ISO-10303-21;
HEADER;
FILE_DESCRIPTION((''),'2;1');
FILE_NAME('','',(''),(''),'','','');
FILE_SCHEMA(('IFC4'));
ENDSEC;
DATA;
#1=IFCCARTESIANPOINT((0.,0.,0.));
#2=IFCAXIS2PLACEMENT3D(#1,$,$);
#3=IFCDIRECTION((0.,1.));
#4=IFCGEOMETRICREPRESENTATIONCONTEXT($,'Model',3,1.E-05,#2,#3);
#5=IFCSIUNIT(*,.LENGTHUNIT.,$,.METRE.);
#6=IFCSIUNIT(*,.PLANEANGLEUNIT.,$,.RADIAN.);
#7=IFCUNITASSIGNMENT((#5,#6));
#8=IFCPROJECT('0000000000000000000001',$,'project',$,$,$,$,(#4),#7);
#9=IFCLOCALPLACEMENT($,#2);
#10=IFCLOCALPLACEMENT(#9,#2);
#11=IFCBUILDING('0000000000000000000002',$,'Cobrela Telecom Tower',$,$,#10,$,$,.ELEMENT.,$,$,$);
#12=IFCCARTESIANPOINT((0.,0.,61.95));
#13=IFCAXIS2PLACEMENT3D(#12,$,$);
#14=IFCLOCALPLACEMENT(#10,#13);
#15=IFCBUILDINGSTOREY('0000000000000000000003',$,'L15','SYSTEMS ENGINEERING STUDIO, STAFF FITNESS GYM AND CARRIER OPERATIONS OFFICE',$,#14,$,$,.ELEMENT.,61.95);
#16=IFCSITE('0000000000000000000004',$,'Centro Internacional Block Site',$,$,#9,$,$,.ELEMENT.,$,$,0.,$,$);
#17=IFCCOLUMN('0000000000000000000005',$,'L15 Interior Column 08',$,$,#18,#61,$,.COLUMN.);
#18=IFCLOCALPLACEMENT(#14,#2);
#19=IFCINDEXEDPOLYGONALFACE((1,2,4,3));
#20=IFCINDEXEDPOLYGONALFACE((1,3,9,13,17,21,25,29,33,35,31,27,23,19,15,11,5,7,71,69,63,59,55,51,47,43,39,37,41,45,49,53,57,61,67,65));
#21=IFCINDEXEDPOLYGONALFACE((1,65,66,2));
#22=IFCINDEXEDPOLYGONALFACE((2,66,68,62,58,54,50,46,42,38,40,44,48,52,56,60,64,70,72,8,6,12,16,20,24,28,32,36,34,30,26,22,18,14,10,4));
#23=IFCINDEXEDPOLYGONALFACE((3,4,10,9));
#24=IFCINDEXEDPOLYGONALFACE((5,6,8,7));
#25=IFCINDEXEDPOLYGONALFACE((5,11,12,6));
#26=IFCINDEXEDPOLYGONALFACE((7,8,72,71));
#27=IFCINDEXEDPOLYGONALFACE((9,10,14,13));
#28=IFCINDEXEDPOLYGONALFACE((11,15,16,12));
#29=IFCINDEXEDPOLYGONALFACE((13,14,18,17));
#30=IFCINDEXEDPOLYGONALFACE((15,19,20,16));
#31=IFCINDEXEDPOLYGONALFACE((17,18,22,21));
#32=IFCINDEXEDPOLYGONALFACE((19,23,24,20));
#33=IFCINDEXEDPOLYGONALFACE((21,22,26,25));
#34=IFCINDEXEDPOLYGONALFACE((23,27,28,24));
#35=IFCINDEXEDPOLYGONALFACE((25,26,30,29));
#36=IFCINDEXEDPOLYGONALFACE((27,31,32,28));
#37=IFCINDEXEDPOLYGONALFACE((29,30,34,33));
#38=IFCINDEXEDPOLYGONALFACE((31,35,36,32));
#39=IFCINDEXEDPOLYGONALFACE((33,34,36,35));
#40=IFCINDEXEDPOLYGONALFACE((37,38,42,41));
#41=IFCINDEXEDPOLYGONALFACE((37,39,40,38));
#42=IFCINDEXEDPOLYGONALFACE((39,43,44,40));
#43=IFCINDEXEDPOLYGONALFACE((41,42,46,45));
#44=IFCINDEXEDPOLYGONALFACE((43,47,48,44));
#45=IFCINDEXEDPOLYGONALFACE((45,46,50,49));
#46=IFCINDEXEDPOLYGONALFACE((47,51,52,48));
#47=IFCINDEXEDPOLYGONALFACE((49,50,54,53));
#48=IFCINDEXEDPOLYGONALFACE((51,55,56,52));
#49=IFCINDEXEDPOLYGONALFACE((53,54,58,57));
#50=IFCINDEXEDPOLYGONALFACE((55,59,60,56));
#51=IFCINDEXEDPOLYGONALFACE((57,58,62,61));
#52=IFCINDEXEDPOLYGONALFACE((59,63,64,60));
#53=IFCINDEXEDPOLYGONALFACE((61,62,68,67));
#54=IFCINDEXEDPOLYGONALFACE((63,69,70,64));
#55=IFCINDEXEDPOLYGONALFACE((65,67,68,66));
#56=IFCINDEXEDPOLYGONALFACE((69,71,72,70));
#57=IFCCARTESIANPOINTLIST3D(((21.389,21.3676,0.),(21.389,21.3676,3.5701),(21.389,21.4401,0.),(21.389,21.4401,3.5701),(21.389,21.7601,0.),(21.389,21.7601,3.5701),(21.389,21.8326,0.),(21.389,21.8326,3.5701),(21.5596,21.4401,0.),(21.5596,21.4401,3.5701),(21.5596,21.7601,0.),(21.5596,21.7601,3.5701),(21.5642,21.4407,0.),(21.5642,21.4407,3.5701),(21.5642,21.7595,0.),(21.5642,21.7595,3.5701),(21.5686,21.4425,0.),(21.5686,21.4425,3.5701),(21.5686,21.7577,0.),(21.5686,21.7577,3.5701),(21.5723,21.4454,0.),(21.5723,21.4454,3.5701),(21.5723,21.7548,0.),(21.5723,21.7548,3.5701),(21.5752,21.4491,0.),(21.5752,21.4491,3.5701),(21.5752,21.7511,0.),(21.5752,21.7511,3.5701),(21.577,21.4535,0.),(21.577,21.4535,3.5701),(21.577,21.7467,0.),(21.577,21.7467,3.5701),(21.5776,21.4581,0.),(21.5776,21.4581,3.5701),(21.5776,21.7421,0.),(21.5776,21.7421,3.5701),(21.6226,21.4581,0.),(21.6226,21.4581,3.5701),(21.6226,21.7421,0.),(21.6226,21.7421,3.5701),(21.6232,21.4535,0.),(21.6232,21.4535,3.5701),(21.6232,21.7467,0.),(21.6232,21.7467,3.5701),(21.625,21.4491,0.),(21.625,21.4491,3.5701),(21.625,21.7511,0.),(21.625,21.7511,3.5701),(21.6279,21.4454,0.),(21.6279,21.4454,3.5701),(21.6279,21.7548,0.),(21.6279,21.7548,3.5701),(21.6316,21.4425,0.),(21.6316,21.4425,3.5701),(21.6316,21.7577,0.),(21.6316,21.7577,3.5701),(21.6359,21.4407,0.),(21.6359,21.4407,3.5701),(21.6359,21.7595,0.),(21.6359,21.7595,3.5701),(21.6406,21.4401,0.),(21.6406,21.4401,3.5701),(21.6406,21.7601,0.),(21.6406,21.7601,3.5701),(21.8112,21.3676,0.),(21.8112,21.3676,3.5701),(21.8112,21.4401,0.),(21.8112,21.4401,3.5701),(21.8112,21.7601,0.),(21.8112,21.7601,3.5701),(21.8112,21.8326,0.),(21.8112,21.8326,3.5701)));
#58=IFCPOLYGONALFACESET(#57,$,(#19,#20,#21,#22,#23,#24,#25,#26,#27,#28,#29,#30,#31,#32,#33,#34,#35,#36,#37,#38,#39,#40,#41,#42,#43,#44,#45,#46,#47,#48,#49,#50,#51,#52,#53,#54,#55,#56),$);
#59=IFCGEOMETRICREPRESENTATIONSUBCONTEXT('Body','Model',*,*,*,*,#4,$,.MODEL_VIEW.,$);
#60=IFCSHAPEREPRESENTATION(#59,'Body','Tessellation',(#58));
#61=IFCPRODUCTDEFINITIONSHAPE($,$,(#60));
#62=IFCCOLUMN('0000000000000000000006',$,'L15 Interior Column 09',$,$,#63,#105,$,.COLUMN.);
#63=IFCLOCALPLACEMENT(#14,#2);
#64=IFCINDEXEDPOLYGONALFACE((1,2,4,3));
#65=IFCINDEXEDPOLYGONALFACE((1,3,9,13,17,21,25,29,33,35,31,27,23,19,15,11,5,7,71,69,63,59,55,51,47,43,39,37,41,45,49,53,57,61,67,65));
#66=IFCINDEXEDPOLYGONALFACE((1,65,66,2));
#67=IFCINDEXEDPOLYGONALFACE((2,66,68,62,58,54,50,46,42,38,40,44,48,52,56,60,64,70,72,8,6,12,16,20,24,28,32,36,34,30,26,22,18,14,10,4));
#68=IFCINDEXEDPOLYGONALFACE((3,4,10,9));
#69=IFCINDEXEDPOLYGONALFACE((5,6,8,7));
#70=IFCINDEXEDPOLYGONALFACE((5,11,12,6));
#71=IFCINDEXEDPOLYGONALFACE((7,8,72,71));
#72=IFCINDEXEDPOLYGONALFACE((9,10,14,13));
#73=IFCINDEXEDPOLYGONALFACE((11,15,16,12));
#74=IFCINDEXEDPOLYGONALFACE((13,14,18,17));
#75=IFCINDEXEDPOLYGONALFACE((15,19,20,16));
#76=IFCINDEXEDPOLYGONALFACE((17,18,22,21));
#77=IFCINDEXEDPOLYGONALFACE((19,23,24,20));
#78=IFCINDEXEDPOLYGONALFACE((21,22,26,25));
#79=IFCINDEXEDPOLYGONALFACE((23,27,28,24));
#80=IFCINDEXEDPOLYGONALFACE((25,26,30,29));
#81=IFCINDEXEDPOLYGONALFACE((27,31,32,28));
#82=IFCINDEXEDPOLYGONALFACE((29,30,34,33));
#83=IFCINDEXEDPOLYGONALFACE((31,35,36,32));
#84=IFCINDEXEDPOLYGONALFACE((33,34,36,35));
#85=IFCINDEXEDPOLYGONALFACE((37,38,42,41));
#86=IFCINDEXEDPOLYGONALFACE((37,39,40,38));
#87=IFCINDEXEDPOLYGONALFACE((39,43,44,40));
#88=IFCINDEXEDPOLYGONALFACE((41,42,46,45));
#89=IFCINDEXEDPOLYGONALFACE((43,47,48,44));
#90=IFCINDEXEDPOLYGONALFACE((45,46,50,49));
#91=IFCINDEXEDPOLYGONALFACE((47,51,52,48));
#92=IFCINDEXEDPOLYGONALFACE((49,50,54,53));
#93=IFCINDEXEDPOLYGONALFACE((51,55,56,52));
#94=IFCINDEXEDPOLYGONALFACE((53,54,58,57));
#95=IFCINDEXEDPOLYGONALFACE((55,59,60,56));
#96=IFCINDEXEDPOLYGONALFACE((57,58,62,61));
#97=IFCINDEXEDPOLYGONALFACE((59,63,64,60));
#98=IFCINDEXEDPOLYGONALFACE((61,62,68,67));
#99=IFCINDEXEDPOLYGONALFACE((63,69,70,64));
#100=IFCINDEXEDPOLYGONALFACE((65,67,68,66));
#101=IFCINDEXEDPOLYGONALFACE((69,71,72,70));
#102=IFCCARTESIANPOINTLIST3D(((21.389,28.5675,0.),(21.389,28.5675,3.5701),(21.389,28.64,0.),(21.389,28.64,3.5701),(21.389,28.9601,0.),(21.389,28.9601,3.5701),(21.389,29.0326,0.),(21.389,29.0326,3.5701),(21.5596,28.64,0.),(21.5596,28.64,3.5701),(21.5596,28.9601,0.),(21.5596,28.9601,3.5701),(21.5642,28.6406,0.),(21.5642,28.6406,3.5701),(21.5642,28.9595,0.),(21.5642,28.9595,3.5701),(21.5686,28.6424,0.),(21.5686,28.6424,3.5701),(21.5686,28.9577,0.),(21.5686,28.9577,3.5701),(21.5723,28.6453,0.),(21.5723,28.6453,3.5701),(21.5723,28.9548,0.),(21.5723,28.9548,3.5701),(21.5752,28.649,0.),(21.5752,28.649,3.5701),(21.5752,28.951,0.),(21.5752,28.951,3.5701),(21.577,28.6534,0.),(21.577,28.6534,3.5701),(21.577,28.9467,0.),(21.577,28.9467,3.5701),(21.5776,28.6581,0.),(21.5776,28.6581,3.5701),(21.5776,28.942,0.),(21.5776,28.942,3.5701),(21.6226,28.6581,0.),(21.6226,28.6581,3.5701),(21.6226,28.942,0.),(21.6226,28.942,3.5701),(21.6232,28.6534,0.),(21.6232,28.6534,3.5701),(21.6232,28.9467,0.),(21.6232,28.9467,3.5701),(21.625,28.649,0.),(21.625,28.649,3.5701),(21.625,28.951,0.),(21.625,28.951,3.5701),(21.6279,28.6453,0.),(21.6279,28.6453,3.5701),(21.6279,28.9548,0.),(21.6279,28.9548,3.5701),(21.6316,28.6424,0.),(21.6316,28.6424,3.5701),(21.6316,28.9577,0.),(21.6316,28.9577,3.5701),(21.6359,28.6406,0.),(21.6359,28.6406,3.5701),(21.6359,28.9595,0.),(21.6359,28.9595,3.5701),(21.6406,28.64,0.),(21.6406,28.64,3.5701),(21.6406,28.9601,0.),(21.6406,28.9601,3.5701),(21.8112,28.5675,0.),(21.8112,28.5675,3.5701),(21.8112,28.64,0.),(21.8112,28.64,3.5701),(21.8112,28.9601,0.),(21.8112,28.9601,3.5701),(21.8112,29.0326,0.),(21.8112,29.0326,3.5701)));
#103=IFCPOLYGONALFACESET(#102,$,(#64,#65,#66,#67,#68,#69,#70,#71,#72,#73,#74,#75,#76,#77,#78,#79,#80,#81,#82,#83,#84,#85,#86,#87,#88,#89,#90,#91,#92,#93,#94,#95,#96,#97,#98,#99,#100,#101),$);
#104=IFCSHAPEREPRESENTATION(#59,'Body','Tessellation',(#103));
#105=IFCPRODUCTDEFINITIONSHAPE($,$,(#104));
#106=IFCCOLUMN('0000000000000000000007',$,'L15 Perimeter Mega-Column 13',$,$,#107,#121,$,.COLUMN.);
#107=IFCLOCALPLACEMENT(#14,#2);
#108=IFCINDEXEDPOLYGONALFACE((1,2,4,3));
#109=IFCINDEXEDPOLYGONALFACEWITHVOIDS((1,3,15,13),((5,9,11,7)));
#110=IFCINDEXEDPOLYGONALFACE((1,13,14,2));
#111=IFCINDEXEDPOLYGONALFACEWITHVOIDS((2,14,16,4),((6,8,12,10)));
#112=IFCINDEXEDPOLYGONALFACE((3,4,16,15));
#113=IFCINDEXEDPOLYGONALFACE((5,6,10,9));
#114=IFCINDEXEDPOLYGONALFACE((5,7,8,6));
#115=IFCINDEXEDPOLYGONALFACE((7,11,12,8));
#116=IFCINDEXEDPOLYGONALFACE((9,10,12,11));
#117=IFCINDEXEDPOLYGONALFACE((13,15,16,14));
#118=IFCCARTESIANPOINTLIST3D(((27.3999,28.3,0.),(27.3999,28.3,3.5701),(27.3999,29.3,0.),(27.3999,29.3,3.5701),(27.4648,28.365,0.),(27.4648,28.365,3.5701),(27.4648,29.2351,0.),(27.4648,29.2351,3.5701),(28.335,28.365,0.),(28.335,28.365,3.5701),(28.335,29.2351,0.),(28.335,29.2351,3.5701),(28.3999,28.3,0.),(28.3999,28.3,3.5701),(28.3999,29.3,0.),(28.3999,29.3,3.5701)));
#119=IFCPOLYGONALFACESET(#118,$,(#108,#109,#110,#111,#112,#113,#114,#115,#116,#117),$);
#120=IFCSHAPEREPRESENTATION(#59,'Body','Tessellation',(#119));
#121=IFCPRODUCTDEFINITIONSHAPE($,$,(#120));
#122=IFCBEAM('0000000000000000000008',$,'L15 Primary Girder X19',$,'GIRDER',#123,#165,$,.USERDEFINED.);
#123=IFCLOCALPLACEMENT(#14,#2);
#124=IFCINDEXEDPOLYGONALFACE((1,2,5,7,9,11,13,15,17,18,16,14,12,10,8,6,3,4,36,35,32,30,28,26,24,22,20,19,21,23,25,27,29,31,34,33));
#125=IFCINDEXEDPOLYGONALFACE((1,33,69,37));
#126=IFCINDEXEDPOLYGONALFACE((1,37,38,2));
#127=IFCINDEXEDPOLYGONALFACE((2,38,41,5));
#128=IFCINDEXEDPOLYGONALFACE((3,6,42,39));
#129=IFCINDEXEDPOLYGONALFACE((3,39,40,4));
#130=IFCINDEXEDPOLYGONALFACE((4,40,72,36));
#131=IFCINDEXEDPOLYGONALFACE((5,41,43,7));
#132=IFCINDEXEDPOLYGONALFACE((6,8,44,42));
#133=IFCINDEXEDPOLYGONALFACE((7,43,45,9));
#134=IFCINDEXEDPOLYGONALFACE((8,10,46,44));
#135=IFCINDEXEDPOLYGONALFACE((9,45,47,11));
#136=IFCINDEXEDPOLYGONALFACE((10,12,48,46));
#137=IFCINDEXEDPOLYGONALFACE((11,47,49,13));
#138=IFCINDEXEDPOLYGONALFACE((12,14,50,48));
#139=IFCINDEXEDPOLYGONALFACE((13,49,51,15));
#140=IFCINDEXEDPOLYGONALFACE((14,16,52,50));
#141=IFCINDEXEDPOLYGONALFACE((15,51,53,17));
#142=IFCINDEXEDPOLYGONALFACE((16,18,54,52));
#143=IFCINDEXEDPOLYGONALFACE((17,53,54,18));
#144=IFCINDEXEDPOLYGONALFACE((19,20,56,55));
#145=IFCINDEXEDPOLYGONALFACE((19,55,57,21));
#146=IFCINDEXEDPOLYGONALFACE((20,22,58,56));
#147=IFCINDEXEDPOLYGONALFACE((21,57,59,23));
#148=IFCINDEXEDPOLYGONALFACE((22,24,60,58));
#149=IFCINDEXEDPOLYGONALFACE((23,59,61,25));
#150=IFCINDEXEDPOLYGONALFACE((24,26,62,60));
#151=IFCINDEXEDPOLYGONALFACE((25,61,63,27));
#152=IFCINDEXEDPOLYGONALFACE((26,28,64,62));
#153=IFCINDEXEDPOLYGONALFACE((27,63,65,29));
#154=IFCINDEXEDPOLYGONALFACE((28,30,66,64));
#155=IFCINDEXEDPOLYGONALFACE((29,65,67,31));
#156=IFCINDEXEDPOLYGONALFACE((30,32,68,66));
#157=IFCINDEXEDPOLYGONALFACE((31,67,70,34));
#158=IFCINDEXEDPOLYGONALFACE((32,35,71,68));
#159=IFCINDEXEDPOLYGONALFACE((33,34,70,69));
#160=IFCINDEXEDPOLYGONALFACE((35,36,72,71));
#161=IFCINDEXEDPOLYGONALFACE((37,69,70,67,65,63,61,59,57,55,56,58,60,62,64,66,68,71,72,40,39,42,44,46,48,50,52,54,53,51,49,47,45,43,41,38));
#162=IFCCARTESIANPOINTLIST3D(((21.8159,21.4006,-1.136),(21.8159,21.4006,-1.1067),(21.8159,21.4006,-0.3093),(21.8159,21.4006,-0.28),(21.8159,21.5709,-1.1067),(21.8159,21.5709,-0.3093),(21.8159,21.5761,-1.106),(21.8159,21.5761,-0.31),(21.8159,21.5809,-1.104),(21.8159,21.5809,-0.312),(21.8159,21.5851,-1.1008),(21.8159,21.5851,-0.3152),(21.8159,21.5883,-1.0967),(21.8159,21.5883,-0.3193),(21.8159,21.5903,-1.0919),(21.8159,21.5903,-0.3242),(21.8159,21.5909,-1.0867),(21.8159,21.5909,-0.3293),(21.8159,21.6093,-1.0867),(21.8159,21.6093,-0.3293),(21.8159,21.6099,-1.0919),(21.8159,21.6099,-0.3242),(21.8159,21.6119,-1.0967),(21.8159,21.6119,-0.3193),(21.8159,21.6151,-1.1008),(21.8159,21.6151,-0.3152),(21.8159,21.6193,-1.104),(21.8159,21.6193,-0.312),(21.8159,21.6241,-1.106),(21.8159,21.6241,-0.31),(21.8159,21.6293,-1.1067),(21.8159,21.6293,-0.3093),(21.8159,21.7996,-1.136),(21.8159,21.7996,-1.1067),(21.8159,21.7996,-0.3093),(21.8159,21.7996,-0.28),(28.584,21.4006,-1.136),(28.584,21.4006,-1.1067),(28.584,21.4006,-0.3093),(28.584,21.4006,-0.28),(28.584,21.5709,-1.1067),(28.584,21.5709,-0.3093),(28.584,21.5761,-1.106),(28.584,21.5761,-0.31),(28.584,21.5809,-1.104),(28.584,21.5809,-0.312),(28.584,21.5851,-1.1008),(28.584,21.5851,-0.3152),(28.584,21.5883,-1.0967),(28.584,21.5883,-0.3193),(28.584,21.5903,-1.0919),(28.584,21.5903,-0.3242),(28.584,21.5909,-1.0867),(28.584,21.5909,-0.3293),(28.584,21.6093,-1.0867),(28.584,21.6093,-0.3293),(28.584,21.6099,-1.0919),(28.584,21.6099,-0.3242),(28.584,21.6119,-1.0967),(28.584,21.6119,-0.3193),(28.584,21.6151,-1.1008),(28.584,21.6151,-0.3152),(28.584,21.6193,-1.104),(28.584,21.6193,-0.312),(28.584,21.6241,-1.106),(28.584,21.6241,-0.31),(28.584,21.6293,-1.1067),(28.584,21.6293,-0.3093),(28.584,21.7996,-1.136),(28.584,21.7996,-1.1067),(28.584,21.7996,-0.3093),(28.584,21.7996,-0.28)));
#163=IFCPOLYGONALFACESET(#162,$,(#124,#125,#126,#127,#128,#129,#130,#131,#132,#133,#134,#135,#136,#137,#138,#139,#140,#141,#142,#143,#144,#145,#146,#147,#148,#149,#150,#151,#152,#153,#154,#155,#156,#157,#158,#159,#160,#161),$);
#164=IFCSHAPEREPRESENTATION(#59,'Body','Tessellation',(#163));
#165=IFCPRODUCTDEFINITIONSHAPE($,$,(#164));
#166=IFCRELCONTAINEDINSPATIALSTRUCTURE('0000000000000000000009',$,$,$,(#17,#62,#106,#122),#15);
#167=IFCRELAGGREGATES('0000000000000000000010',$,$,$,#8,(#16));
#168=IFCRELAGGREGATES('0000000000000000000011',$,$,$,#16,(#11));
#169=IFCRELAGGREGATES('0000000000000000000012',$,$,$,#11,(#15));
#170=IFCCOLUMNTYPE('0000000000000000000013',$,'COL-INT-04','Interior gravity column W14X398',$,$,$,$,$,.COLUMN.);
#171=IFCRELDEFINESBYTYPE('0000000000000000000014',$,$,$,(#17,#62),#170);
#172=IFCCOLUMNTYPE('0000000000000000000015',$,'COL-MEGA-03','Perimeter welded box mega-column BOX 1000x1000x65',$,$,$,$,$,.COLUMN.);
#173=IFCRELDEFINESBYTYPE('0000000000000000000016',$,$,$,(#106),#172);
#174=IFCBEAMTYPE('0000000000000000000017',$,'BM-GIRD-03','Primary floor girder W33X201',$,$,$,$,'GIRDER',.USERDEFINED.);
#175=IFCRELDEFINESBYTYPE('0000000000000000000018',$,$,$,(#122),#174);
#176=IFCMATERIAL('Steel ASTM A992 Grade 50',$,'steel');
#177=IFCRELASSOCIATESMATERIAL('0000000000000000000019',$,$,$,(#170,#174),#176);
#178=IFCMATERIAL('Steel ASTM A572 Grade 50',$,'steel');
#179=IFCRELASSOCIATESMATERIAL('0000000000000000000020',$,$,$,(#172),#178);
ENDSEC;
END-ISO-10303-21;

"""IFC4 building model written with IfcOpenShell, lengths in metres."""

from ifc_helpers import new_model, si_unit, direction, frame, origin, origin_2d, place, context, subcontext, project, spatial, hollow_rectangle, i_section, extrude, material, material_profile, profile_set, type_object, element, save


model = new_model("IFC4")

# Units and contexts
model_context = context("Model", 3, precision=1e-05, world=origin(), true_north=direction((0.0, 1.0)))
body_context = subcontext(model_context, "Body", "Model", "MODEL_VIEW")
ifc_project = project(units=[si_unit("LENGTHUNIT", "METRE"), si_unit("PLANEANGLEUNIT", "RADIAN")], contexts=[model_context])

# Site, building, storey
site_placement = place(None, origin())
site = spatial("IfcSite", under=ifc_project, at=site_placement, Name="Centro Internacional Block Site", CompositionType="ELEMENT", RefElevation=0.0)
building_placement = place(site_placement, origin())
building = spatial("IfcBuilding", under=site, at=building_placement, Name="Cobrela Telecom Tower", CompositionType="ELEMENT")
storey_placement = place(building_placement, frame((0.0, 0.0, 61.95)))
storey = spatial("IfcBuildingStorey", under=building, at=storey_placement, Name="L15", Description="SYSTEMS ENGINEERING STUDIO, STAFF FITNESS GYM AND CARRIER OPERATIONS OFFICE", CompositionType="ELEMENT", Elevation=61.95)

# Columns
ifc_material_1 = material(Name="Steel ASTM A992 Grade 50", Category="steel")
ifc_material_profile_1 = material_profile(ifc_material_1, i_section(OverallWidth=0.4221, OverallDepth=0.4651, WebThickness=0.0449, FlangeThickness=0.0725, FilletRadius=0.0181, at=origin_2d()), Name="W14X398")
ifc_profile_set_1 = profile_set([ifc_material_profile_1], Name="Steel ASTM A992 Grade 50")
column_type_1 = type_object("IfcColumnType", Name="COL-INT-04", Description="Interior gravity column W14X398", PredefinedType="COLUMN", material=ifc_profile_set_1)
for number, where, z_axis, x_axis, name in (
    (1, (21.6001, 21.6001, 0.0), (0.0, 0.0, 1.0), (1.0, 0.0, 0.0), "L15 Interior Column 08"),
    (2, (21.6001, 28.8, 0.0), (0.0, 0.0, 1.0), (1.0, 0.0, 0.0), "L15 Interior Column 09"),
):
    element("IfcColumn", number, at=place(storey_placement, frame(where, z_axis=z_axis, x_axis=x_axis)), inside=storey, type_object=column_type_1, Name=name, PredefinedType="COLUMN", context=body_context, shape_type="SweptSolid", body=[
        extrude(i_section(OverallWidth=0.4221, OverallDepth=0.4651, WebThickness=0.0449, FlangeThickness=0.0725, FilletRadius=0.0181, at=origin_2d()), origin(), (0.0, 0.0, 1.0), 3.5701),
    ])
ifc_material_2 = material(Name="Steel ASTM A572 Grade 50", Category="steel")
ifc_material_profile_2 = material_profile(ifc_material_2, hollow_rectangle(XDim=1.0, YDim=1.0, WallThickness=0.0649, at=origin_2d()), Name="BOX 1000x1000x65")
ifc_profile_set_2 = profile_set([ifc_material_profile_2], Name="Steel ASTM A572 Grade 50")
column_type_2 = type_object("IfcColumnType", Name="COL-MEGA-03", Description="Perimeter welded box mega-column BOX 1000x1000x65", PredefinedType="COLUMN", material=ifc_profile_set_2)
column_placement = place(storey_placement, frame((27.8999, 28.8, 0.0), z_axis=(0.0, 0.0, 1.0), x_axis=(1.0, 0.0, 0.0)))
element("IfcColumn", 3, at=column_placement, inside=storey, type_object=column_type_2, Name="L15 Perimeter Mega-Column 13", PredefinedType="COLUMN", context=body_context, shape_type="SweptSolid", body=[
    extrude(hollow_rectangle(XDim=1.0, YDim=1.0, WallThickness=0.0649, at=origin_2d()), origin(), (0.0, 0.0, 1.0), 3.5701),
])

# Beam
ifc_material_profile_3 = material_profile(ifc_material_1, i_section(OverallWidth=0.3989, OverallDepth=0.856, WebThickness=0.0183, FlangeThickness=0.0293, FilletRadius=0.02, at=origin_2d()), Name="W33X201")
ifc_profile_set_3 = profile_set([ifc_material_profile_3], Name="Steel ASTM A992 Grade 50")
beam_type_1 = type_object("IfcBeamType", Name="BM-GIRD-03", Description="Primary floor girder W33X201", ElementType="GIRDER", PredefinedType="USERDEFINED", material=ifc_profile_set_3)
beam_1_placement = place(storey_placement, frame((21.8159, 21.6001, -0.708), z_axis=(1.0, 0.0, 0.0), x_axis=(0.0, 1.0, 0.0)))
element("IfcBeam", 4, at=beam_1_placement, inside=storey, type_object=beam_type_1, Name="L15 Primary Girder X19", ObjectType="GIRDER", PredefinedType="USERDEFINED", context=body_context, shape_type="SweptSolid", body=[
    extrude(i_section(OverallWidth=0.3989, OverallDepth=0.856, WebThickness=0.0183, FlangeThickness=0.0293, FilletRadius=0.02, at=origin_2d()), origin(), (0.0, 0.0, 1.0), 6.7681),
])

save(model, "model.ifc")
